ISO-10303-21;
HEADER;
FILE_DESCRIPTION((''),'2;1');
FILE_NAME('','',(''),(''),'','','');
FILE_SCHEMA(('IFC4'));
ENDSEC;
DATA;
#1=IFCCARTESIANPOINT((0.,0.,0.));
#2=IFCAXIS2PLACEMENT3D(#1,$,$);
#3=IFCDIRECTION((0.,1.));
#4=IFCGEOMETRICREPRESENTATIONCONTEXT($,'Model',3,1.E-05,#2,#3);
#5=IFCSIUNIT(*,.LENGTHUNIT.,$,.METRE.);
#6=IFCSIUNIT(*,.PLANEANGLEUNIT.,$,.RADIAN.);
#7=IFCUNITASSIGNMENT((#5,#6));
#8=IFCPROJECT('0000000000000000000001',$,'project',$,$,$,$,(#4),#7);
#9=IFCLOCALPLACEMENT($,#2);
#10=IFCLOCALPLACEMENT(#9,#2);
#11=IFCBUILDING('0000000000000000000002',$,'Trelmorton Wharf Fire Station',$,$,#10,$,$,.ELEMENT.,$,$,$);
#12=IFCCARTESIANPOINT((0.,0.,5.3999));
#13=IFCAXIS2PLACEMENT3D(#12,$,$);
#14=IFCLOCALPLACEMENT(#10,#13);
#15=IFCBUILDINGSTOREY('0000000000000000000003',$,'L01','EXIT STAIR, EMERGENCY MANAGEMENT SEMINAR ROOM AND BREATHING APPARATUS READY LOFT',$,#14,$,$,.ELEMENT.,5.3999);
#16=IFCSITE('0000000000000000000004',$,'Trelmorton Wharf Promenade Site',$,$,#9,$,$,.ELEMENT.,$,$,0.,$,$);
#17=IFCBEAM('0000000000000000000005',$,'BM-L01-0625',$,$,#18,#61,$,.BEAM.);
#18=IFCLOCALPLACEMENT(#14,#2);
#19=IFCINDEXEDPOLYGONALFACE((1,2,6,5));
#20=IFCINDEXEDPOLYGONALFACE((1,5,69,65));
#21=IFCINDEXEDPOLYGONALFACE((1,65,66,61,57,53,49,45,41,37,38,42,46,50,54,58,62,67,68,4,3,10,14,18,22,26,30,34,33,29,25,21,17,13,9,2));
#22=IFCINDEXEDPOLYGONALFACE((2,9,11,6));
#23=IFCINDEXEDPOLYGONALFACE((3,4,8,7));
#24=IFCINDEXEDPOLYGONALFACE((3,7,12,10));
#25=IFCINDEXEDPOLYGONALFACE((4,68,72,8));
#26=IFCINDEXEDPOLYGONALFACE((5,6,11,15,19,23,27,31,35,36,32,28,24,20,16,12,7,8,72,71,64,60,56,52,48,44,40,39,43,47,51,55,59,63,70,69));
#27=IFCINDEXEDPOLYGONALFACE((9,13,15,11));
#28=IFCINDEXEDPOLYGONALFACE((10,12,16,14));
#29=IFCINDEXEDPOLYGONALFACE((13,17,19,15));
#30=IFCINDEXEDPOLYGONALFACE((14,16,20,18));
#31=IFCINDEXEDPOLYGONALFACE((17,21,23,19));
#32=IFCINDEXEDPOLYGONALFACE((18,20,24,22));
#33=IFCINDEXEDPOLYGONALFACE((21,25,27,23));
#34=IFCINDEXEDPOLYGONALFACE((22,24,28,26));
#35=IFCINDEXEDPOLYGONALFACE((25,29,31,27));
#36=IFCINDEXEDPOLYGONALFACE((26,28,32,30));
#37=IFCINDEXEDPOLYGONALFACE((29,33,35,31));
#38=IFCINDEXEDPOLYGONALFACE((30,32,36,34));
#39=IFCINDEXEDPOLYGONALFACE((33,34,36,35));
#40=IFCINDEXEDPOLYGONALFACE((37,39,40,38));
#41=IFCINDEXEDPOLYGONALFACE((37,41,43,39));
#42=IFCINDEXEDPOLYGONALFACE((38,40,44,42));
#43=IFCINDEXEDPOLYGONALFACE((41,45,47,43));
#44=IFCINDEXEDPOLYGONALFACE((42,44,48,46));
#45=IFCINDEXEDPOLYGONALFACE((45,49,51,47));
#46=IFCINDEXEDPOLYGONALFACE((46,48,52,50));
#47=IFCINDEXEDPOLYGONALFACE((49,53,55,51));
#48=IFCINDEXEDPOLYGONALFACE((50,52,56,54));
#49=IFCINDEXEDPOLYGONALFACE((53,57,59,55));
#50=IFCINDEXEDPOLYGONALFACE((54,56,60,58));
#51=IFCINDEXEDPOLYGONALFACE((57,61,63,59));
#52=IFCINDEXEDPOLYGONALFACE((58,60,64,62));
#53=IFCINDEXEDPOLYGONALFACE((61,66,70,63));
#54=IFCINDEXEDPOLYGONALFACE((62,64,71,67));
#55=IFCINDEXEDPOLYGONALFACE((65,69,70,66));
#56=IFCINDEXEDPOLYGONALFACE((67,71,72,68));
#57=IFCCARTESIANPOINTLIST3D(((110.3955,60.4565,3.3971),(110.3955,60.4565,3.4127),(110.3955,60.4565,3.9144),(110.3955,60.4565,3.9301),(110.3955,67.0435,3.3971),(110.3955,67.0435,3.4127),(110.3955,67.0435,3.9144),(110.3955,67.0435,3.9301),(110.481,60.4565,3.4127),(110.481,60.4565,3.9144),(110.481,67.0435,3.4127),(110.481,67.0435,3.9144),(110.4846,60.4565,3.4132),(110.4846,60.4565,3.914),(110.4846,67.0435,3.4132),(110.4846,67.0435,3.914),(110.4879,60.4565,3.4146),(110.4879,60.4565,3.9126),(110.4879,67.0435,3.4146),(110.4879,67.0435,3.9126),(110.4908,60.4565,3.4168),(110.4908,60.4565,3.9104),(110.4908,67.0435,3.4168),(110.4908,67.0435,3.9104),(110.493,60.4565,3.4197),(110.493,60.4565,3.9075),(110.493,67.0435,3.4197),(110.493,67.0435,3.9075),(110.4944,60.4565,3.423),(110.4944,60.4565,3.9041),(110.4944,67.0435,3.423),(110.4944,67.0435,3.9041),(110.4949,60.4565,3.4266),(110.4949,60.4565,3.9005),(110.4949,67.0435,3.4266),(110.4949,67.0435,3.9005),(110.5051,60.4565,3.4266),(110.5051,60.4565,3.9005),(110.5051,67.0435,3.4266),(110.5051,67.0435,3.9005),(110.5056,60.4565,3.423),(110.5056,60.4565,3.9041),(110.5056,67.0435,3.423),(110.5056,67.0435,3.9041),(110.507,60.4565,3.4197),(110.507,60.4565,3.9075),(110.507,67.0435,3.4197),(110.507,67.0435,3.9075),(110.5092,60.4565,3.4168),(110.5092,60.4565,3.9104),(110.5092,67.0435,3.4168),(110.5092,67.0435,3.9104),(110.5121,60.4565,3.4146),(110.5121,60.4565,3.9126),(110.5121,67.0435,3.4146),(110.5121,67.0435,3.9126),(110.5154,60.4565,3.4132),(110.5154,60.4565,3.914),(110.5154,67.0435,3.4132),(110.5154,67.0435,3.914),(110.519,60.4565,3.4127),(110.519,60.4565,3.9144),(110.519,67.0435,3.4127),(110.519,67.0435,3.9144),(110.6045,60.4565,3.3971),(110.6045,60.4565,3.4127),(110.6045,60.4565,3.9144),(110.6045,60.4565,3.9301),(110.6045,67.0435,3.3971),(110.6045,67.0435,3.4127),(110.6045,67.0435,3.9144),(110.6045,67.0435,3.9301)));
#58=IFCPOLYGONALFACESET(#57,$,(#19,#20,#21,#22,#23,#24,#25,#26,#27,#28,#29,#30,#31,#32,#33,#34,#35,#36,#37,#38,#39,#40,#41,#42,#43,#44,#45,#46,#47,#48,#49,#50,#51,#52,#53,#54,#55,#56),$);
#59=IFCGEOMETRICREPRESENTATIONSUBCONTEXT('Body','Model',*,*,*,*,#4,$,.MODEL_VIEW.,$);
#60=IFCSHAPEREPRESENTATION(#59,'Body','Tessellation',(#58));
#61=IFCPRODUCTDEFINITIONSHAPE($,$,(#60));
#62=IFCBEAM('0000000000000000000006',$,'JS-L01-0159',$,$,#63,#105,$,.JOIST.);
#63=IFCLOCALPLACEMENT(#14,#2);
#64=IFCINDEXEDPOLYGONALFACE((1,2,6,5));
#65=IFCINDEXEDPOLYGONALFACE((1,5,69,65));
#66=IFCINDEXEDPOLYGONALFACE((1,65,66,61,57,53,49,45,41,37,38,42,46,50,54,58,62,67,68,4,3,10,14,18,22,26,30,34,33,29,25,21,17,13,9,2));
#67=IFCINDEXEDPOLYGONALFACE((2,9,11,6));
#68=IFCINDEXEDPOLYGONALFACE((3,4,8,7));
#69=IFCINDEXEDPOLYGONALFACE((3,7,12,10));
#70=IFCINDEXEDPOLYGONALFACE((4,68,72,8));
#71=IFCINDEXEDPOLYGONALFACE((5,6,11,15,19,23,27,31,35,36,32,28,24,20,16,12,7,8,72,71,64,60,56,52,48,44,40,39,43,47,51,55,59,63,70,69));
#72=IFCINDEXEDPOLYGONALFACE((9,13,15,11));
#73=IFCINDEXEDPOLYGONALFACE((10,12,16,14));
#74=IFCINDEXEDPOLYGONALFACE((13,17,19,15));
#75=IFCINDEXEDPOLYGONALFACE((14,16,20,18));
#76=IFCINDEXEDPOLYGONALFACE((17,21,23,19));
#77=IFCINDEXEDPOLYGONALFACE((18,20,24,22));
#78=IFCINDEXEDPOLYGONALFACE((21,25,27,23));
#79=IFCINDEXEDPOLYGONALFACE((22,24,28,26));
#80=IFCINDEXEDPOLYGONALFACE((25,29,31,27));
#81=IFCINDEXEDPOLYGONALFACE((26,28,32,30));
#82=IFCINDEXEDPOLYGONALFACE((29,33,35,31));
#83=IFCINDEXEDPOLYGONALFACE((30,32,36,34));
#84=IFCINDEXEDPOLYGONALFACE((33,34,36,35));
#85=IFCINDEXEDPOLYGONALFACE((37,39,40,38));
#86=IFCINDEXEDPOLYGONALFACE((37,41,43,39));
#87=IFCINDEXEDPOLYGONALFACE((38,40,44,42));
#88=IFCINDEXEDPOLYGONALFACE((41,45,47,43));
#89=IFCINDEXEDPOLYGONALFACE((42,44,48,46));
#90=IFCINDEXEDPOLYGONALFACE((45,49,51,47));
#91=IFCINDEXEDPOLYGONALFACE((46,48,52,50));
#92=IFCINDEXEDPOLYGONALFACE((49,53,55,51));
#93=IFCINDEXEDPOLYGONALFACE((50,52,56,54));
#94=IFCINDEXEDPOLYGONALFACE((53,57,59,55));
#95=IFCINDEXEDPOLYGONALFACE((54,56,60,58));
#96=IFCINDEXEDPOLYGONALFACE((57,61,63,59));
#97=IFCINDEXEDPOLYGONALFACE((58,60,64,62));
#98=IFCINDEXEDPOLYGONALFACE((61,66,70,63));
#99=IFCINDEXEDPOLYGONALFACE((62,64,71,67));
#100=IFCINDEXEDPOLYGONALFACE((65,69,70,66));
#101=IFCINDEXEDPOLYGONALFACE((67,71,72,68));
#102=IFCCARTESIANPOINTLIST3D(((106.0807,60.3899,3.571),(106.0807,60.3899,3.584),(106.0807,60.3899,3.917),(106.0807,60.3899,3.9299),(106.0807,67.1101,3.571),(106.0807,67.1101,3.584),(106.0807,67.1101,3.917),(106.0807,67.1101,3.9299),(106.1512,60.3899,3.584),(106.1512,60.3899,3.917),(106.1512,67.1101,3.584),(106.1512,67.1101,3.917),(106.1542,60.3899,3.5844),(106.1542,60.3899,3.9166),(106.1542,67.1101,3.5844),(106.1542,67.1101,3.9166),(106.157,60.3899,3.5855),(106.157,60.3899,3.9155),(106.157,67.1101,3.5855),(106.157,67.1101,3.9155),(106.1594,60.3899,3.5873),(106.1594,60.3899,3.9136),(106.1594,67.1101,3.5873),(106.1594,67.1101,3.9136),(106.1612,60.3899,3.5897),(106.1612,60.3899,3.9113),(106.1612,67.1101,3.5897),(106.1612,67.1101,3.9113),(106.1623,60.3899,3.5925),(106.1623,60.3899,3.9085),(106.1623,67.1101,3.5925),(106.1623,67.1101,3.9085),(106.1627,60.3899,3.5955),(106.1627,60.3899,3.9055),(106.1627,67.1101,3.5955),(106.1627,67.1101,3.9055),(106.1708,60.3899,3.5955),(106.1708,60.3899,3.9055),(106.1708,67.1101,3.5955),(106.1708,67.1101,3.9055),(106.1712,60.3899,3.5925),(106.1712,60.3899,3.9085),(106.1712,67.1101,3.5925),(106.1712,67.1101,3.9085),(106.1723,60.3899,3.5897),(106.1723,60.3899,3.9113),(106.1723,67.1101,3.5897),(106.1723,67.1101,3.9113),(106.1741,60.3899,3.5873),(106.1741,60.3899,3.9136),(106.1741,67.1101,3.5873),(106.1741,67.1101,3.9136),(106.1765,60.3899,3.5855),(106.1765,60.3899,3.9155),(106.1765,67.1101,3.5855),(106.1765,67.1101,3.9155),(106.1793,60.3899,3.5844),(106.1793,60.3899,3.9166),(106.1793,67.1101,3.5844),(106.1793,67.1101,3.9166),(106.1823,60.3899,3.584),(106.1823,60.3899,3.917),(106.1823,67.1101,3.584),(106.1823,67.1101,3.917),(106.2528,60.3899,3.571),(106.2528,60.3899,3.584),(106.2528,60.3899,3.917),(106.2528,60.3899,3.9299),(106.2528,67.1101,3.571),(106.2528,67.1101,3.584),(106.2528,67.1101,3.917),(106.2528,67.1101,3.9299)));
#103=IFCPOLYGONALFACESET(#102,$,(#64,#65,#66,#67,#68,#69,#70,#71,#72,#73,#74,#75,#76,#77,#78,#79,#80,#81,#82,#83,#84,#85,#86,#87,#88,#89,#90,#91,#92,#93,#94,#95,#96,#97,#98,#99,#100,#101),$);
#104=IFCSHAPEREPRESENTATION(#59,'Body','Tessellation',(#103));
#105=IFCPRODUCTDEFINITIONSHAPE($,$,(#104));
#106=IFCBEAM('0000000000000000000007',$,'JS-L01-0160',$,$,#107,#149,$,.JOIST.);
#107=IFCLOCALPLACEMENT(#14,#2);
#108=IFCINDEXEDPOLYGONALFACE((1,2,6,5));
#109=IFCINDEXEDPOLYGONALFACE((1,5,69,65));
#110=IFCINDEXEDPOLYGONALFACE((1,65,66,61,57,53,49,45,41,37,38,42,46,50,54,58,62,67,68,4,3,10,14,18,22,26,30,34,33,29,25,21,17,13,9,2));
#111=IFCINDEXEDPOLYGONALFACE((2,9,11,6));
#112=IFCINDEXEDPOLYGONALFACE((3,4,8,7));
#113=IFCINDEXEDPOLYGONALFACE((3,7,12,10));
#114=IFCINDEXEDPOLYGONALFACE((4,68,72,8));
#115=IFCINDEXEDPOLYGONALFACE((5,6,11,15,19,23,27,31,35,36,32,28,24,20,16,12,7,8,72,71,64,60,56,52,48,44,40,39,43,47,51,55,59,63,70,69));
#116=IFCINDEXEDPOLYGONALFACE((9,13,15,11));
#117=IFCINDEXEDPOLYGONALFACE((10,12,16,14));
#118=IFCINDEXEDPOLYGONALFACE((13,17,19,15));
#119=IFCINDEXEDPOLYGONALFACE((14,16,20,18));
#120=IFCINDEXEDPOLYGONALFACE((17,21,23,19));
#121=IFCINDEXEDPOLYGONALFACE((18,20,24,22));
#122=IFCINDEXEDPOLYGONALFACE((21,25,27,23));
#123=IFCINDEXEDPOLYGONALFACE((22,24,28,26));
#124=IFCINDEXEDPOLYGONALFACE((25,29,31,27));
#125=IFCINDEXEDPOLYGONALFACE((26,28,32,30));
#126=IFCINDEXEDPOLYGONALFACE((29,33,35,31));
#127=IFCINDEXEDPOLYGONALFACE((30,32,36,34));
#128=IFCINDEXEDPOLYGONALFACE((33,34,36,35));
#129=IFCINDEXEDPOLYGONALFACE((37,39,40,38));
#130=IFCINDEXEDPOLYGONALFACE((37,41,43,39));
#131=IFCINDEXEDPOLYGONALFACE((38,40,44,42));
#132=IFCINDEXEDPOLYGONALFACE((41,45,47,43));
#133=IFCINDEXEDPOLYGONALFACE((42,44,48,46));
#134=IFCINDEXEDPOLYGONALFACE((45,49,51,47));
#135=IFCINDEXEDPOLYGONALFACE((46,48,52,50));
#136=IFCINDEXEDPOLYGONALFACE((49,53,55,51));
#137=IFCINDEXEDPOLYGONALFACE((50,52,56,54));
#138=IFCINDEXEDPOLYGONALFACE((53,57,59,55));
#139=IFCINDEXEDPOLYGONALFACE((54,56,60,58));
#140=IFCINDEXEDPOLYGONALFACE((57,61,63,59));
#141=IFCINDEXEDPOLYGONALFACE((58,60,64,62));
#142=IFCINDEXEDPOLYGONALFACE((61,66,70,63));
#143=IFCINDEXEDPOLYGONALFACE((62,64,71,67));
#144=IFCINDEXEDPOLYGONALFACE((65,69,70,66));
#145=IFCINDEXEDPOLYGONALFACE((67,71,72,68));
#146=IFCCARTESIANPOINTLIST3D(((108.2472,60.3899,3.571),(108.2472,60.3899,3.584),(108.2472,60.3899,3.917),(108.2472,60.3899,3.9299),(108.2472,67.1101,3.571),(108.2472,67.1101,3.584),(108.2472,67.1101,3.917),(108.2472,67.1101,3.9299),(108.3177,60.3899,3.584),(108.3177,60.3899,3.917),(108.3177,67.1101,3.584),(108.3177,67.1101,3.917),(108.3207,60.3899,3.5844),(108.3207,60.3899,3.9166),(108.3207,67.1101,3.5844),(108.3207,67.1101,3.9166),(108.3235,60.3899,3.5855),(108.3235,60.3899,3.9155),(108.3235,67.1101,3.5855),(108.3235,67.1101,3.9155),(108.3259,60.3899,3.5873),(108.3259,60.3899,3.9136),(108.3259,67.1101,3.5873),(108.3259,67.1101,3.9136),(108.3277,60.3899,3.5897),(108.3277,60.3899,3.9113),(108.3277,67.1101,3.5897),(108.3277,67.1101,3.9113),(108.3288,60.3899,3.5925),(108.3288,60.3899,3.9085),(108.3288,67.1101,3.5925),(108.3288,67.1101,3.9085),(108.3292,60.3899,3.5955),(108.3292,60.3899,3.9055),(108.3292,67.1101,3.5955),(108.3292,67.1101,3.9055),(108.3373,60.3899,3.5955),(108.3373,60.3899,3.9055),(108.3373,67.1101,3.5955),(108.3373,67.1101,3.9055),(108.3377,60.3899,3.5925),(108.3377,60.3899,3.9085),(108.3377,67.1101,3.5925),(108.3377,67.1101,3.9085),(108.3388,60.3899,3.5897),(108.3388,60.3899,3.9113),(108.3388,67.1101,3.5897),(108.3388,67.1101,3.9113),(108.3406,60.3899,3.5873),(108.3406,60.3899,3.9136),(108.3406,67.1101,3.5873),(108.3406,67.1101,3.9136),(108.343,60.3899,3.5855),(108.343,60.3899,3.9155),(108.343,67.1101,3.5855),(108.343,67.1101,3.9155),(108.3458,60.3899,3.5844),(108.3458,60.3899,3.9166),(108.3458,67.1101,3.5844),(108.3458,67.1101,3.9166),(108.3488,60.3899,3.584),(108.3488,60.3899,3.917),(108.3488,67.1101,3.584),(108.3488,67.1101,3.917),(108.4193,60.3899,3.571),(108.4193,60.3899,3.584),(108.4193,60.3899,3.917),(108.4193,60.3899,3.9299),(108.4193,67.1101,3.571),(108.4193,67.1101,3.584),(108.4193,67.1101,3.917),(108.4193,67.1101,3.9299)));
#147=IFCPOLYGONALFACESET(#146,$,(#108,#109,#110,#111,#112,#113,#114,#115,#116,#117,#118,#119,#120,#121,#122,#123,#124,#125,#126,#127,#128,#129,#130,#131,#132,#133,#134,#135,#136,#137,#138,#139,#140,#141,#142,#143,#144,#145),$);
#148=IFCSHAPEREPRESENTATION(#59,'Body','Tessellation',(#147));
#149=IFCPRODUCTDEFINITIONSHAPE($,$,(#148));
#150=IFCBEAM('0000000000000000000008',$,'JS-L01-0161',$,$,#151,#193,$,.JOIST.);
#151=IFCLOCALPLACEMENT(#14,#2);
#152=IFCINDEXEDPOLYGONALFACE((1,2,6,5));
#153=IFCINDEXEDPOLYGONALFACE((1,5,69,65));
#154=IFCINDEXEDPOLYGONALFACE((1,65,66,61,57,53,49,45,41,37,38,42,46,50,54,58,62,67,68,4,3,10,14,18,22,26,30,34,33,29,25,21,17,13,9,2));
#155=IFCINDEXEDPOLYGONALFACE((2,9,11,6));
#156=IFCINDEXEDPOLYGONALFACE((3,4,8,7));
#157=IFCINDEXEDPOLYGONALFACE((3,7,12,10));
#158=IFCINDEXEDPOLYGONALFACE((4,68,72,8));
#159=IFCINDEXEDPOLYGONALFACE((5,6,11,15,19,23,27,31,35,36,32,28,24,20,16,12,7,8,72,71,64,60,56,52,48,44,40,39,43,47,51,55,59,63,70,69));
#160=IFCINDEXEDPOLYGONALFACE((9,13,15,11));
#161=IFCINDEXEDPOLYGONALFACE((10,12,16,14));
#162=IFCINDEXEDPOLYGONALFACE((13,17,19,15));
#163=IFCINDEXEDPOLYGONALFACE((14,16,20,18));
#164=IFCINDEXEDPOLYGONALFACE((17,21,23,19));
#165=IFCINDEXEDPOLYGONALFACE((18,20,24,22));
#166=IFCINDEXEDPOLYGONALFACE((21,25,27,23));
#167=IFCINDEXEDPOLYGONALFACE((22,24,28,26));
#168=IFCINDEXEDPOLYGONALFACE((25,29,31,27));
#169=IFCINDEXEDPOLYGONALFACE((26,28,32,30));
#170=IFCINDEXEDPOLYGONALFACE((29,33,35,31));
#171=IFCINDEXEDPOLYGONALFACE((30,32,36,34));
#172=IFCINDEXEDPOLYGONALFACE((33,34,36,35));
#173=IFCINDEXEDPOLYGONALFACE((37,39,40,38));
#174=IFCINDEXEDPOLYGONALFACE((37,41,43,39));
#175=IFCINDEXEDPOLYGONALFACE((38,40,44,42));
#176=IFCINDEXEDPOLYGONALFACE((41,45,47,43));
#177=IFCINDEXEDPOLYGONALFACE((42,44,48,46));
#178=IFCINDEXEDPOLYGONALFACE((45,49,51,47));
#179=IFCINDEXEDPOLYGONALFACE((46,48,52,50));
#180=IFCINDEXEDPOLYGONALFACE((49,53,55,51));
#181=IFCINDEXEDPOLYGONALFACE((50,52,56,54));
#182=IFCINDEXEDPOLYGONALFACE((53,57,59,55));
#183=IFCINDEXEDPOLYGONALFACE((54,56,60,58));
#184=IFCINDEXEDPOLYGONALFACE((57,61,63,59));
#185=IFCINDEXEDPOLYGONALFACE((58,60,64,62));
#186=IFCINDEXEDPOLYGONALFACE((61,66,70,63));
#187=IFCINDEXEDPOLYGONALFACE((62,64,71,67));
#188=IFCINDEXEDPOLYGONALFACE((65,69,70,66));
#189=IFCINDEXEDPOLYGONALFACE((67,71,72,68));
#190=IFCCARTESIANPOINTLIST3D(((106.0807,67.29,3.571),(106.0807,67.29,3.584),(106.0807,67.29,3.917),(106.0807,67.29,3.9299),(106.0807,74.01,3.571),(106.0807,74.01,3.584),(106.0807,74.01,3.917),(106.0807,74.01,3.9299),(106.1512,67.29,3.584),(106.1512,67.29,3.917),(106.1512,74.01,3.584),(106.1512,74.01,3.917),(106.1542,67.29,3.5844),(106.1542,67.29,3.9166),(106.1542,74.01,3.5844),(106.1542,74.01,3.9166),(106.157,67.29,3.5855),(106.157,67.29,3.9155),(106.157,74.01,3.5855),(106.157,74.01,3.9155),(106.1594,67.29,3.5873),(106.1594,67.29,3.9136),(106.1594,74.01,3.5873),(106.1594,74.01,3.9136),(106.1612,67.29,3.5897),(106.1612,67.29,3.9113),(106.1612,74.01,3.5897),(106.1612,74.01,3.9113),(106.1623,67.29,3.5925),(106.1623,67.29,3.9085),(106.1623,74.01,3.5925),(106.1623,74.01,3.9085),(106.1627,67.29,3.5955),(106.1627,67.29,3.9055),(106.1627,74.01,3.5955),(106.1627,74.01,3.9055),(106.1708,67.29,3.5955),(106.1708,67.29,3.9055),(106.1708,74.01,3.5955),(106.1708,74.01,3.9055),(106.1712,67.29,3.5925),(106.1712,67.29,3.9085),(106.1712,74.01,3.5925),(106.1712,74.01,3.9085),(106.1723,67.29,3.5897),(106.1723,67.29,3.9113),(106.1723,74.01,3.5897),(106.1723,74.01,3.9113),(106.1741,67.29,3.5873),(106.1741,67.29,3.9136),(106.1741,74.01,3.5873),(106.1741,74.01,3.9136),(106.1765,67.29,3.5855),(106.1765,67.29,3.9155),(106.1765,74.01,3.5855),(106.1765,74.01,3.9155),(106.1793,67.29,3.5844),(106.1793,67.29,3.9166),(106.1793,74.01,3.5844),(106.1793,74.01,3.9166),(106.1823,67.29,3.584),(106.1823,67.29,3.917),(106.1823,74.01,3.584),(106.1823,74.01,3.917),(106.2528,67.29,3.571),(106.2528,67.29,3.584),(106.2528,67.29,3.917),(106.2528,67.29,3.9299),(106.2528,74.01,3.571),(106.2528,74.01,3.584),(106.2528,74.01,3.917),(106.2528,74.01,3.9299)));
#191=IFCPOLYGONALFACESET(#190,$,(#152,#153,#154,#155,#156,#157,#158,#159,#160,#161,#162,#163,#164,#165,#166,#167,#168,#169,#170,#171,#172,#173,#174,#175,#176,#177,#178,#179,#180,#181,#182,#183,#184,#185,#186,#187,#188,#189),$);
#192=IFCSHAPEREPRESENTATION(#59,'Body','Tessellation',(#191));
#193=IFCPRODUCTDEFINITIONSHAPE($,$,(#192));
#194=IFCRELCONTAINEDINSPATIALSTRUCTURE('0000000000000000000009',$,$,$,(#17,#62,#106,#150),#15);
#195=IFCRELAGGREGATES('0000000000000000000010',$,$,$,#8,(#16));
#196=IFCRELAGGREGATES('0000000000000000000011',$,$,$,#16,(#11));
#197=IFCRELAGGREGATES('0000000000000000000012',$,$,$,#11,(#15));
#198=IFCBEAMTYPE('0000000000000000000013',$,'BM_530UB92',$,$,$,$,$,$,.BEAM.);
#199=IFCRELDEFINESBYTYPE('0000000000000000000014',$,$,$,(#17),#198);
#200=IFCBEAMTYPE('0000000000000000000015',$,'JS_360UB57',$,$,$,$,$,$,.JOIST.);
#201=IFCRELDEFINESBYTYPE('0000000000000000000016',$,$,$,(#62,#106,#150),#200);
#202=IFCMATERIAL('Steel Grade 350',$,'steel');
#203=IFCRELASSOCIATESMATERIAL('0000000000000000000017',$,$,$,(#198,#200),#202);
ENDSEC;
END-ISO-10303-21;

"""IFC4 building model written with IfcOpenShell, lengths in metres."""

from ifc_helpers import new_model, si_unit, direction, frame, origin, origin_2d, place, context, subcontext, project, spatial, i_section, extrude, material, material_profile, profile_set, type_object, element, save


model = new_model("IFC4")

# Units and contexts
model_context = context("Model", 3, precision=1e-05, world=origin(), true_north=direction((0.0, 1.0)))
body_context = subcontext(model_context, "Body", "Model", "MODEL_VIEW")
ifc_project = project(units=[si_unit("LENGTHUNIT", "METRE"), si_unit("PLANEANGLEUNIT", "RADIAN")], contexts=[model_context])

# Site, building, storey
site_placement = place(None, origin())
site = spatial("IfcSite", under=ifc_project, at=site_placement, Name="Trelmorton Wharf Promenade Site", CompositionType="ELEMENT", RefElevation=0.0)
building_placement = place(site_placement, origin())
building = spatial("IfcBuilding", under=site, at=building_placement, Name="Trelmorton Wharf Fire Station", CompositionType="ELEMENT")
storey_placement = place(building_placement, frame((0.0, 0.0, 5.3999)))
storey = spatial("IfcBuildingStorey", under=building, at=storey_placement, Name="L01", Description="EXIT STAIR, EMERGENCY MANAGEMENT SEMINAR ROOM AND BREATHING APPARATUS READY LOFT", CompositionType="ELEMENT", Elevation=5.3999)

# Shared definitions
ifc_material_1 = material(Name="Steel Grade 350", Category="steel")

# Beams
ifc_material_profile_1 = material_profile(ifc_material_1, i_section(OverallWidth=0.209, OverallDepth=0.533, WebThickness=0.0103, FlangeThickness=0.0156, FilletRadius=0.0139, at=origin_2d()), Name="530UB92.4")
ifc_profile_set_1 = profile_set([ifc_material_profile_1], Name="Steel Grade 350")
beam_type_1 = type_object("IfcBeamType", Name="BM_530UB92", PredefinedType="BEAM", material=ifc_profile_set_1)
for number, where, z_axis, x_axis, name in (
    (1, (110.5, 60.4565, 3.6636), (0.0, 1.0, 0.0), (-1.0, 0.0, 0.0), "BM-L01-0625"),
):
    element("IfcBeam", number, at=place(storey_placement, frame(where, z_axis=z_axis, x_axis=x_axis)), inside=storey, type_object=beam_type_1, Name=name, PredefinedType="BEAM", context=body_context, shape_type="SweptSolid", body=[
        extrude(i_section(OverallWidth=0.209, OverallDepth=0.533, WebThickness=0.0103, FlangeThickness=0.0156, FilletRadius=0.0139, at=origin_2d()), origin(), (0.0, 0.0, 1.0), 6.5869),
    ])
ifc_material_profile_2 = material_profile(ifc_material_1, i_section(OverallWidth=0.1721, OverallDepth=0.3589, WebThickness=0.0081, FlangeThickness=0.0129, FilletRadius=0.0115, at=origin_2d()), Name="360UB56.7")
ifc_profile_set_2 = profile_set([ifc_material_profile_2], Name="Steel Grade 350")
beam_type_2 = type_object("IfcBeamType", Name="JS_360UB57", PredefinedType="JOIST", material=ifc_profile_set_2)
for number, where, z_axis, x_axis, name in (
    (2, (106.1667, 60.3899, 3.7505), (0.0, 1.0, 0.0), (-1.0, 0.0, 0.0), "JS-L01-0159"),
    (3, (108.3333, 60.3899, 3.7505), (0.0, 1.0, 0.0), (-1.0, 0.0, 0.0), "JS-L01-0160"),
):
    element("IfcBeam", number, at=place(storey_placement, frame(where, z_axis=z_axis, x_axis=x_axis)), inside=storey, type_object=beam_type_2, Name=name, PredefinedType="JOIST", context=body_context, shape_type="SweptSolid", body=[
        extrude(i_section(OverallWidth=0.1721, OverallDepth=0.3589, WebThickness=0.0081, FlangeThickness=0.0129, FilletRadius=0.0115, at=origin_2d()), origin(), (0.0, 0.0, 1.0), 6.7202),
    ])
for number, where, z_axis, x_axis, name in (
    (4, (106.1667, 67.29, 3.7505), (0.0, 1.0, 0.0), (-1.0, 0.0, 0.0), "JS-L01-0161"),
):
    element("IfcBeam", number, at=place(storey_placement, frame(where, z_axis=z_axis, x_axis=x_axis)), inside=storey, type_object=beam_type_2, Name=name, PredefinedType="JOIST", context=body_context, shape_type="SweptSolid", body=[
        extrude(i_section(OverallWidth=0.1721, OverallDepth=0.3589, WebThickness=0.0081, FlangeThickness=0.0129, FilletRadius=0.0115, at=origin_2d()), origin(), (0.0, 0.0, 1.0), 6.72),
    ])

save(model, "model.ifc")
